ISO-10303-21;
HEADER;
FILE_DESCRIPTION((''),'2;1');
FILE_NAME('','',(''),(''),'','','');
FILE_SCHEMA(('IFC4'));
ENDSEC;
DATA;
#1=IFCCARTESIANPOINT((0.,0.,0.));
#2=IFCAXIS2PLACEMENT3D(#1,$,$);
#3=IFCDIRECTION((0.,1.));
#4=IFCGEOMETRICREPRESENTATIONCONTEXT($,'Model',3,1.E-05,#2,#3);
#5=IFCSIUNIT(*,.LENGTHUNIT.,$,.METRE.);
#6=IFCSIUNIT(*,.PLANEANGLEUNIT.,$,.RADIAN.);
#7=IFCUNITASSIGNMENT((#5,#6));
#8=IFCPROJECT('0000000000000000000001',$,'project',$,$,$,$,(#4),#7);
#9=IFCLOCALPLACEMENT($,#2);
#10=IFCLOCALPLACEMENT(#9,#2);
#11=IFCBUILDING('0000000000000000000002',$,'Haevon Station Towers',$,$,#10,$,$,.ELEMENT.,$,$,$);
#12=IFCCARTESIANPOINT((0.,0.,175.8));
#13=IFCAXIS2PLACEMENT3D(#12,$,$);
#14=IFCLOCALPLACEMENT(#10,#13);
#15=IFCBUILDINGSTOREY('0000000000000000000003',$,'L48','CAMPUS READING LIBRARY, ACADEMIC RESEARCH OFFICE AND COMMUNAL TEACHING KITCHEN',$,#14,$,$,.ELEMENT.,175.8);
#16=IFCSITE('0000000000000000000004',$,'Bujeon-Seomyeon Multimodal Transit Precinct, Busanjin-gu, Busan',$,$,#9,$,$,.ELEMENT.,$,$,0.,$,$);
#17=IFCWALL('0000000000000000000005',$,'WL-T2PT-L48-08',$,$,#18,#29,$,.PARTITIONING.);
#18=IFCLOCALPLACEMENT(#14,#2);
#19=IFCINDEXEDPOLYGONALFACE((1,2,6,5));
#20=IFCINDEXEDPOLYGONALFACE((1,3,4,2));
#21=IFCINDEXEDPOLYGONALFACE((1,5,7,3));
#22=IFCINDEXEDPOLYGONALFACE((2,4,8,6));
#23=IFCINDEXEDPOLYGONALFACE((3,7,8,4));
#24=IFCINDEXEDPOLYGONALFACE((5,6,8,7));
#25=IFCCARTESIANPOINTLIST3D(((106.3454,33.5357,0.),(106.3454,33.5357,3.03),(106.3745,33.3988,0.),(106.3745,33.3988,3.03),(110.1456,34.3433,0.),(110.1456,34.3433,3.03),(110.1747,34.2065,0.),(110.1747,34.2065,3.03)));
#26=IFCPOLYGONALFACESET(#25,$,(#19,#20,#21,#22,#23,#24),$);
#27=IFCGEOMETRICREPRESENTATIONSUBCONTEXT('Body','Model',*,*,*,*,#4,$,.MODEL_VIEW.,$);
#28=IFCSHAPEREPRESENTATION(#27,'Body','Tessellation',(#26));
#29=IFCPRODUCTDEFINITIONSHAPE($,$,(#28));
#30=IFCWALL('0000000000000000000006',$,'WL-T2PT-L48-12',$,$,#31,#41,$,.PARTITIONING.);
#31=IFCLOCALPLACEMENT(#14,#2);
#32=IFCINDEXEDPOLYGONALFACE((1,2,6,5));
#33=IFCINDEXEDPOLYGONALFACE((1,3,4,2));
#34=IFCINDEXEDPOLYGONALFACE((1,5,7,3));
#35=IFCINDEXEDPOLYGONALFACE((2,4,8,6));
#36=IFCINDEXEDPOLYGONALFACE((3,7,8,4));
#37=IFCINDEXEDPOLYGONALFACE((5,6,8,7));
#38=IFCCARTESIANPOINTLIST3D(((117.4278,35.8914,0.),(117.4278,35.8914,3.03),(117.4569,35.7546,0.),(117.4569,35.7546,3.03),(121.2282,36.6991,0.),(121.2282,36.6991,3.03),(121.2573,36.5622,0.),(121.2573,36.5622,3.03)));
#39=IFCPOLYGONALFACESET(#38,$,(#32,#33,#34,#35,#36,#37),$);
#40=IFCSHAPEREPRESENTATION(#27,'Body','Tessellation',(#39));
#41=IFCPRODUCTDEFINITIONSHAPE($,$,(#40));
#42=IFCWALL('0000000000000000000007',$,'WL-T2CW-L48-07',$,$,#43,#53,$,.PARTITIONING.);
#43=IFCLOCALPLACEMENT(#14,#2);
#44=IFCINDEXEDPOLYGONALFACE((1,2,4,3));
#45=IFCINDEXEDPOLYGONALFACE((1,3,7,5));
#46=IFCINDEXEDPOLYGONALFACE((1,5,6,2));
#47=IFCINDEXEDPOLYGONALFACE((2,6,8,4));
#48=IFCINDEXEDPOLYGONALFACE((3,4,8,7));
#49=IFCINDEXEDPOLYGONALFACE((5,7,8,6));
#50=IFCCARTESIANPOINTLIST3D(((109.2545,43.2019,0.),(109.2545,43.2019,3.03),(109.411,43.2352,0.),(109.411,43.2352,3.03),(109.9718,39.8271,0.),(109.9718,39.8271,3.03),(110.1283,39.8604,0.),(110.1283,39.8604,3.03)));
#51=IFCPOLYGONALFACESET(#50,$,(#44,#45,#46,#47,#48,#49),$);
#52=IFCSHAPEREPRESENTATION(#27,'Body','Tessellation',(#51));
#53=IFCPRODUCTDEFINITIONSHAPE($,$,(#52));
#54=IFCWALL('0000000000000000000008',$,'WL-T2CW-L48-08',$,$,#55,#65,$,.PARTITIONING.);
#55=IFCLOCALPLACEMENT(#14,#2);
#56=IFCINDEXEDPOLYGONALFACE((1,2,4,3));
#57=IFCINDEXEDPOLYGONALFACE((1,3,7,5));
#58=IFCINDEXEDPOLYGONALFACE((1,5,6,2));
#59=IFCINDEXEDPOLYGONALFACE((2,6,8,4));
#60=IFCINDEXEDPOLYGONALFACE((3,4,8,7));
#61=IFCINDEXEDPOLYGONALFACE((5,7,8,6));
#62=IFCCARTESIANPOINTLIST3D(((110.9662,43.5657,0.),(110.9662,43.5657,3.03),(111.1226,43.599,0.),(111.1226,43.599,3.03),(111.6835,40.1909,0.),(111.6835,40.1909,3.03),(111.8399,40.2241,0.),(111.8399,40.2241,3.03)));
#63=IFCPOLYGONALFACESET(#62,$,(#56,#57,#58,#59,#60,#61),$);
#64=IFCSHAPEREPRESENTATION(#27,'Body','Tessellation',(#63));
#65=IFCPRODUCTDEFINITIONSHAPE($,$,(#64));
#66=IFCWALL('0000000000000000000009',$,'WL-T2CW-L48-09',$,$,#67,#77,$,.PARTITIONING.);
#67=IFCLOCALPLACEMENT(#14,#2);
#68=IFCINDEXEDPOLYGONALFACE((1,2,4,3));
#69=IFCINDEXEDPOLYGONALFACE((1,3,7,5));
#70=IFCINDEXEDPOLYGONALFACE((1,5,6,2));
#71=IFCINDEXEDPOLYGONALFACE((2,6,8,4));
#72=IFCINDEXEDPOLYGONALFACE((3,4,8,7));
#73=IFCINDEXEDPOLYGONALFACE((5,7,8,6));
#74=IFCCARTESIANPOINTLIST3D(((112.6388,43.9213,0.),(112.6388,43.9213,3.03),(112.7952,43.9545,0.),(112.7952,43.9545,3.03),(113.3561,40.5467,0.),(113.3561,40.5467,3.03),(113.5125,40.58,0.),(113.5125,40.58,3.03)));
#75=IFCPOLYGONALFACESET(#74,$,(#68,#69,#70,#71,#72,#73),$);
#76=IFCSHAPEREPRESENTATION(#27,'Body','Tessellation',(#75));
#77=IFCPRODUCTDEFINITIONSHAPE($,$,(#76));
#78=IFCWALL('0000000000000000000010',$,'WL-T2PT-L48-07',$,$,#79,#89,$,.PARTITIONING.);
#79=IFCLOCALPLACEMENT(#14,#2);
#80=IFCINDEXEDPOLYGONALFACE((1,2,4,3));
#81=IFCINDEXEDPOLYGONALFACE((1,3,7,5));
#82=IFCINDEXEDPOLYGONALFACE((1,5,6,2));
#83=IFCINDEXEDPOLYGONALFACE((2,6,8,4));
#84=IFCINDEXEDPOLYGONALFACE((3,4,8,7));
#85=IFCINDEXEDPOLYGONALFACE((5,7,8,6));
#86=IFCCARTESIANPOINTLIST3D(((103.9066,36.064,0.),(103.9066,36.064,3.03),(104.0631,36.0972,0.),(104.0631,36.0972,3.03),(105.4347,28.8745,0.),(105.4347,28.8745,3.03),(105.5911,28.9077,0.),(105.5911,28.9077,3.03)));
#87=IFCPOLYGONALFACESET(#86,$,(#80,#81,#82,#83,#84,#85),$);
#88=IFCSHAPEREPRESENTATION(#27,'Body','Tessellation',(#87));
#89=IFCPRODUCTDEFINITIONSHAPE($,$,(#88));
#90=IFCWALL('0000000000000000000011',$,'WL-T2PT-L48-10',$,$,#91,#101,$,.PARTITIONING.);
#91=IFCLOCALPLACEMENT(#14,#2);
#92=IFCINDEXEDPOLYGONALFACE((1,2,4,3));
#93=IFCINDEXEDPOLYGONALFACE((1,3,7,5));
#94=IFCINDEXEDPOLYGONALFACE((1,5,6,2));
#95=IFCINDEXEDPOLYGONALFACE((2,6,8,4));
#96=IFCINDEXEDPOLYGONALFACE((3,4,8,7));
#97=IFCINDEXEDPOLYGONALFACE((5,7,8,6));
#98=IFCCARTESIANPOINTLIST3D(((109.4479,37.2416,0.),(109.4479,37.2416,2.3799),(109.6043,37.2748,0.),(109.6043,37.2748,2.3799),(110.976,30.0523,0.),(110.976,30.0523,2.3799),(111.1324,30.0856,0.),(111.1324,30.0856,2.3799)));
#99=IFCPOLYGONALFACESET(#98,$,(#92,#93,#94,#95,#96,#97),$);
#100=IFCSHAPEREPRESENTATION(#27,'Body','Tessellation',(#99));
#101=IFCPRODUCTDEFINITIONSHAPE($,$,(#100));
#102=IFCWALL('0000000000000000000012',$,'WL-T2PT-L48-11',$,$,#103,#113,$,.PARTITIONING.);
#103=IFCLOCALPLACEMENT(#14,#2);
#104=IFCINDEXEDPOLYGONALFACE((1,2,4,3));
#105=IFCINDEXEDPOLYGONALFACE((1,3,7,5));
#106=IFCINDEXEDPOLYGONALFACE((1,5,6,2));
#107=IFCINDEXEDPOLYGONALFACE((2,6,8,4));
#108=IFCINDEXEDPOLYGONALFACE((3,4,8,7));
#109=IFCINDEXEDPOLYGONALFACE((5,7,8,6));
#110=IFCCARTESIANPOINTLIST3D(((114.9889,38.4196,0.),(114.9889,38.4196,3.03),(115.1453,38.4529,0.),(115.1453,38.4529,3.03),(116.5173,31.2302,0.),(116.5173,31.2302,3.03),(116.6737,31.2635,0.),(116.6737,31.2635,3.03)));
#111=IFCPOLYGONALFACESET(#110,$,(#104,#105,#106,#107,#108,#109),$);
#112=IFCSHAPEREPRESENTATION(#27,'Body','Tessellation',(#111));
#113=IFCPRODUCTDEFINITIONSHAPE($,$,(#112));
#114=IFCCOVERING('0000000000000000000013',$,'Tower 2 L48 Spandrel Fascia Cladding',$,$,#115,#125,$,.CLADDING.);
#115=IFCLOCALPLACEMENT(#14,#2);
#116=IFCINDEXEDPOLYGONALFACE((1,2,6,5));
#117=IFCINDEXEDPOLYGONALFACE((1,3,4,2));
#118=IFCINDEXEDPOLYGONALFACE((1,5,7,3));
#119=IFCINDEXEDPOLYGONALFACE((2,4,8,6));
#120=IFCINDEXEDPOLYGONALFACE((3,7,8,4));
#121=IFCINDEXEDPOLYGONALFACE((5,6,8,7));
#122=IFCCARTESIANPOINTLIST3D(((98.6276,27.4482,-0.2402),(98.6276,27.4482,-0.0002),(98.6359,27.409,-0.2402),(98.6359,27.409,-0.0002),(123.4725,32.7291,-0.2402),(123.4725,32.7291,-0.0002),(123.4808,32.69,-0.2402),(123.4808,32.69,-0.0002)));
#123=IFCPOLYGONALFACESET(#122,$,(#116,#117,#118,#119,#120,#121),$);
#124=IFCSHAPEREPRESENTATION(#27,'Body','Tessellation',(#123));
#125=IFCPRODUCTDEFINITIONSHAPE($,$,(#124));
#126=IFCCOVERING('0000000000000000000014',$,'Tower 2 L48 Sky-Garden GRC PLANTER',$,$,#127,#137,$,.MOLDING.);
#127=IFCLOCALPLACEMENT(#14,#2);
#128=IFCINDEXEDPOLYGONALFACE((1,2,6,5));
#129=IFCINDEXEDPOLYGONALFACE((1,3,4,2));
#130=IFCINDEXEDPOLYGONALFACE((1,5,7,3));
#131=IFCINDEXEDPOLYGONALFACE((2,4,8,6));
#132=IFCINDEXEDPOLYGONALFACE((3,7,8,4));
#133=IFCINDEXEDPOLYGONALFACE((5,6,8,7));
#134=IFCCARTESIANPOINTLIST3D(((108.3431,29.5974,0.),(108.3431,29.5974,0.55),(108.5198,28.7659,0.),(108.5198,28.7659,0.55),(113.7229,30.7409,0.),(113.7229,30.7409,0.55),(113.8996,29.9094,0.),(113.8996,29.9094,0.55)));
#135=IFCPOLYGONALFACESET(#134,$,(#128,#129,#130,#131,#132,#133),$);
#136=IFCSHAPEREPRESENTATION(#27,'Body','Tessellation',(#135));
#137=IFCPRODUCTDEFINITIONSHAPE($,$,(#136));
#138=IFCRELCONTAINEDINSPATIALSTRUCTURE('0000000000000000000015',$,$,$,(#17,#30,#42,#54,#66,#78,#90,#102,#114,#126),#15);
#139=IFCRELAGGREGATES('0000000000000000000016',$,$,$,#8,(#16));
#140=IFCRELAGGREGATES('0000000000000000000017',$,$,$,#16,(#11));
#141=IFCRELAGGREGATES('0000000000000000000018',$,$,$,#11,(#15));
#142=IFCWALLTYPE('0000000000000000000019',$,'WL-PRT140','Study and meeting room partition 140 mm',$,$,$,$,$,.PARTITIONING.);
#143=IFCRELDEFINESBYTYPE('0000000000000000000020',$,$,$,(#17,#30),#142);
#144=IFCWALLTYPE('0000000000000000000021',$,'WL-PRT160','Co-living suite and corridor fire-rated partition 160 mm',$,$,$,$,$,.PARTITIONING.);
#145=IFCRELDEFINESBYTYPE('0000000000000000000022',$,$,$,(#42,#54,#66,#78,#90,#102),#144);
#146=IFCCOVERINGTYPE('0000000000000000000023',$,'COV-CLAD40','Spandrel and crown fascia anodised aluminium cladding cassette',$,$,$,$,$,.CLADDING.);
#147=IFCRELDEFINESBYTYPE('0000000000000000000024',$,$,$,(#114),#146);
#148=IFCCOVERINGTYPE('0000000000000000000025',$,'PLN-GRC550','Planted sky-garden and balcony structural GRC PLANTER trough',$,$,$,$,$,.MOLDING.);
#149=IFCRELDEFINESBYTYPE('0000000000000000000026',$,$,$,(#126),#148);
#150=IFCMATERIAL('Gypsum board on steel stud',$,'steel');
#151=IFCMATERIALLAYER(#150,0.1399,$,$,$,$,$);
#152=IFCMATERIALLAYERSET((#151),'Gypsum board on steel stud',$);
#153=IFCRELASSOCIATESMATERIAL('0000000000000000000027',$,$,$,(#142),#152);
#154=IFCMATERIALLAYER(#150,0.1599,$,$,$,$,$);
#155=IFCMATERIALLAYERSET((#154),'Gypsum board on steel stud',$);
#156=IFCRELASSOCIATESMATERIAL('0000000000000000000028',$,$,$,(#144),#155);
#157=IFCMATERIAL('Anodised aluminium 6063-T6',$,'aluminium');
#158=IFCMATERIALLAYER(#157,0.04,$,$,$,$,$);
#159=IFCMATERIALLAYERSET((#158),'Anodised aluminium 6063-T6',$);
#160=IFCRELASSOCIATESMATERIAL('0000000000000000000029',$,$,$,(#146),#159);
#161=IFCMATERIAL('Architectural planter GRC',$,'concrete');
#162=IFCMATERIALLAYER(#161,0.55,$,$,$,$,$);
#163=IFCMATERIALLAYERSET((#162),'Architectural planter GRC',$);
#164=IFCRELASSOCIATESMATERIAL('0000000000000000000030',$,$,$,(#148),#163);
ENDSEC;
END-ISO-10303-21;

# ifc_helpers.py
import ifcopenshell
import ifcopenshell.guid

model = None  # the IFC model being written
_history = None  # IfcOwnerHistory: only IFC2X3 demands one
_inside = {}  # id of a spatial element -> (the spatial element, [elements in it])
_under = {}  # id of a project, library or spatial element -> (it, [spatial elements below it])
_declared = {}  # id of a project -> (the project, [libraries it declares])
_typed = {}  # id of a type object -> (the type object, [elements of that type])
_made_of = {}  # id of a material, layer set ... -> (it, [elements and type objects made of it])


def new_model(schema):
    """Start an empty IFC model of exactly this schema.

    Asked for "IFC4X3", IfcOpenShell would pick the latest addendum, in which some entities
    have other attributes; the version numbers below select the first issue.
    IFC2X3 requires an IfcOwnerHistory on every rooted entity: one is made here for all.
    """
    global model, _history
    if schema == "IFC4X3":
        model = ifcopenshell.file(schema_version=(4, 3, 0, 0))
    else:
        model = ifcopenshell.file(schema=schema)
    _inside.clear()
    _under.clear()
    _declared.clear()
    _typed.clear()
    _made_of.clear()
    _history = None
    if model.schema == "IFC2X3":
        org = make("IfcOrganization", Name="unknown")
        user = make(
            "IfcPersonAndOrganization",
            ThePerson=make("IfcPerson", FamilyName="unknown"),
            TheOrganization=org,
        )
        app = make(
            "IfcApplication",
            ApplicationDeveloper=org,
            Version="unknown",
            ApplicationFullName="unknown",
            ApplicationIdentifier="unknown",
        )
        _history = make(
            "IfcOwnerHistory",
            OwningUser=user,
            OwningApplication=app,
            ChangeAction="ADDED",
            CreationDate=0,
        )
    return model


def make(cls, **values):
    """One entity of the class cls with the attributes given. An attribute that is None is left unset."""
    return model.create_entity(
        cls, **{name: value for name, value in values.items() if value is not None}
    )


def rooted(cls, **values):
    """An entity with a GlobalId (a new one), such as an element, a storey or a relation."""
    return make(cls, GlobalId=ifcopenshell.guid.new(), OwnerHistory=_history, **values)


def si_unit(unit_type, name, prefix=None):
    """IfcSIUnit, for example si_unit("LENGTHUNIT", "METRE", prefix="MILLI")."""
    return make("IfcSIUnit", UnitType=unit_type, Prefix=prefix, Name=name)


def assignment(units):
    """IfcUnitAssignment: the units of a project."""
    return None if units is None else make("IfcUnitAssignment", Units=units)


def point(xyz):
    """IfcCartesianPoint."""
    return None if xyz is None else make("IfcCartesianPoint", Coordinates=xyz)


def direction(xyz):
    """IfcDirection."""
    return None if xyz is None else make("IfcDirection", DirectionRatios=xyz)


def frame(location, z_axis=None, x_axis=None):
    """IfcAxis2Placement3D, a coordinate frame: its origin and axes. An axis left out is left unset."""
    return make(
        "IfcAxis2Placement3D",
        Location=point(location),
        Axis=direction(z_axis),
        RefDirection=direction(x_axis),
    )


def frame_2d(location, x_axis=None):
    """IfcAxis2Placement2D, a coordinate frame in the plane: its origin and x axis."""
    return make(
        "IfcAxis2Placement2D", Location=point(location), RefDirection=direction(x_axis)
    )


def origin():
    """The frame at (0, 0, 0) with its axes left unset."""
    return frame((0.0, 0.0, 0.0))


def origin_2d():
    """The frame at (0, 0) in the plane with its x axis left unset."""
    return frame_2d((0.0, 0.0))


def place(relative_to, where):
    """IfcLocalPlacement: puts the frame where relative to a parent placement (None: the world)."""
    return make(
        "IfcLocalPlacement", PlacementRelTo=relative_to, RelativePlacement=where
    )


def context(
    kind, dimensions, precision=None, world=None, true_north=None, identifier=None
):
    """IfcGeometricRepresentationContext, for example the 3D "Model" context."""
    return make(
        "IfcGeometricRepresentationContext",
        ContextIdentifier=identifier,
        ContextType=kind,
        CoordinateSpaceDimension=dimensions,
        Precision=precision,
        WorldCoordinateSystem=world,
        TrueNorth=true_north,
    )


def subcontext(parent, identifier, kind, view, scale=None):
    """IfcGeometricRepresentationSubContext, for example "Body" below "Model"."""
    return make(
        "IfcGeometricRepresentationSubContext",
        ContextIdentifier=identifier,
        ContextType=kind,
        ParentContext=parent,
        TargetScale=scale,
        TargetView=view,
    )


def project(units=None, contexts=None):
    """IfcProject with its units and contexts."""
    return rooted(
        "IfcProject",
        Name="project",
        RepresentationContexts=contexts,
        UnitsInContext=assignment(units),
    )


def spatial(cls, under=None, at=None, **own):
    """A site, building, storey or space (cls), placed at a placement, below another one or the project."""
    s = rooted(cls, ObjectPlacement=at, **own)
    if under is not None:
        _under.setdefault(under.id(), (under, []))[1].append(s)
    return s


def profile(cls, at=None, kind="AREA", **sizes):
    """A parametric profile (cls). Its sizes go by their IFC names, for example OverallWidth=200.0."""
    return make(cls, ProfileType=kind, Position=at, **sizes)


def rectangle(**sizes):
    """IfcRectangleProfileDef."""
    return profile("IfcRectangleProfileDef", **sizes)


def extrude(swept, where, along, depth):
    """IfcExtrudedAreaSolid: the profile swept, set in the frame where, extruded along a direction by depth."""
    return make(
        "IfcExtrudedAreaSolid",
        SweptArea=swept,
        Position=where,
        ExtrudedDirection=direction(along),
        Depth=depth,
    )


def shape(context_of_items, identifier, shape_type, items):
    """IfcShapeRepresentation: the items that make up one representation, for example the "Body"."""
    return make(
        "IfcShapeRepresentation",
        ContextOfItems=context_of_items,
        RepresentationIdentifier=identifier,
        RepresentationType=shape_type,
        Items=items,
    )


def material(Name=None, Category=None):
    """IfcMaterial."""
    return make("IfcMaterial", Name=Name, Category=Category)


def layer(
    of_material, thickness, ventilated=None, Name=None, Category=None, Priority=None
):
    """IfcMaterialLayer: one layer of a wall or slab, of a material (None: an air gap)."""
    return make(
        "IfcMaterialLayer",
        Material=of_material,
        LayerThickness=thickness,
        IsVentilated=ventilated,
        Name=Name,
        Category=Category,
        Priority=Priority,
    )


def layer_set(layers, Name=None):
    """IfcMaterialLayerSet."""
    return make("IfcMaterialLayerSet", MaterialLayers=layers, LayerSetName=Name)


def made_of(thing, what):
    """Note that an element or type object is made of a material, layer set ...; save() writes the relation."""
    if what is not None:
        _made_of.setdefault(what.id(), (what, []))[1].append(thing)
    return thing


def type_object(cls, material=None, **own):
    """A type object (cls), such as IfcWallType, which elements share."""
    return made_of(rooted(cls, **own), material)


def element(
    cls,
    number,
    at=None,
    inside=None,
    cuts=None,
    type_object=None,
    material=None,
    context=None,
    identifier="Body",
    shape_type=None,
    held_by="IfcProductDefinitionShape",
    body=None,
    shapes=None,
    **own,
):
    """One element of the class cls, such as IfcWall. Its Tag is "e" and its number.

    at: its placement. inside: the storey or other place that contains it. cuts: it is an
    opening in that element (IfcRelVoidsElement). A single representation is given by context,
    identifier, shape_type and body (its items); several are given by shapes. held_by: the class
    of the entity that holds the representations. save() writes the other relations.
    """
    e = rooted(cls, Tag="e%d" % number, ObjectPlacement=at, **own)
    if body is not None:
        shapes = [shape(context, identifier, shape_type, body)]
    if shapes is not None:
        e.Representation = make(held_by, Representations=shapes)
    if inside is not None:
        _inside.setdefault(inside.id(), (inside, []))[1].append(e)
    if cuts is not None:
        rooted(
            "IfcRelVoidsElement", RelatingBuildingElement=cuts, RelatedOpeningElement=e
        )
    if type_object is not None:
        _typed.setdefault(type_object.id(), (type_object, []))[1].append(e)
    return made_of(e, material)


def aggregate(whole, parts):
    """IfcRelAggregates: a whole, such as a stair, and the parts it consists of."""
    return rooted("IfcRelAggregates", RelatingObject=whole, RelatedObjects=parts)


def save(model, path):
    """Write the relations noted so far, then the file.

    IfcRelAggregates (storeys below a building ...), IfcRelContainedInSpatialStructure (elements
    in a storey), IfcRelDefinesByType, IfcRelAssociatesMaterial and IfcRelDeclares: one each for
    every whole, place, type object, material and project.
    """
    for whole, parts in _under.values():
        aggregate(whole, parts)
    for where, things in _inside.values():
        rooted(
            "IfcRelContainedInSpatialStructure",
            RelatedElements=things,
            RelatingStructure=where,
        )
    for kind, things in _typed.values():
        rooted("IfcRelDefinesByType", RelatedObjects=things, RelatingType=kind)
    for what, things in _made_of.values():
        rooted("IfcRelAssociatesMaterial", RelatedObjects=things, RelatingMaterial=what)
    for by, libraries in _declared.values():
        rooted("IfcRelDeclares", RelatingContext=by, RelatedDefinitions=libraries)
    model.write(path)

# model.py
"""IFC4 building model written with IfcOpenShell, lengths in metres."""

from ifc_helpers import new_model, si_unit, direction, frame, frame_2d, origin, origin_2d, place, context, subcontext, project, spatial, rectangle, extrude, material, layer, layer_set, type_object, element, save


model = new_model("IFC4")

# Units and contexts
model_context = context("Model", 3, precision=1e-05, world=origin(), true_north=direction((0.0, 1.0)))
body_context = subcontext(model_context, "Body", "Model", "MODEL_VIEW")
ifc_project = project(units=[si_unit("LENGTHUNIT", "METRE"), si_unit("PLANEANGLEUNIT", "RADIAN")], contexts=[model_context])

# Site, building, storey
site_placement = place(None, origin())
site = spatial("IfcSite", under=ifc_project, at=site_placement, Name="Bujeon-Seomyeon Multimodal Transit Precinct, Busanjin-gu, Busan", CompositionType="ELEMENT", RefElevation=0.0)
building_placement = place(site_placement, origin())
building = spatial("IfcBuilding", under=site, at=building_placement, Name="Haevon Station Towers", CompositionType="ELEMENT")
storey_placement = place(building_placement, frame((0.0, 0.0, 175.8)))
storey = spatial("IfcBuildingStorey", under=building, at=storey_placement, Name="L48", Description="CAMPUS READING LIBRARY, ACADEMIC RESEARCH OFFICE AND COMMUNAL TEACHING KITCHEN", CompositionType="ELEMENT", Elevation=175.8)

# Shared definitions
ifc_material_1 = material(Name="Gypsum board on steel stud", Category="steel")

# Walls
ifc_layer_1 = layer(ifc_material_1, 0.1399)
ifc_layer_set_1 = layer_set([ifc_layer_1], Name="Gypsum board on steel stud")
wall_type_1 = type_object("IfcWallType", Name="WL-PRT140", Description="Study and meeting room partition 140 mm", PredefinedType="PARTITIONING", material=ifc_layer_set_1)
wall_1_placement = place(storey_placement, frame((106.3601, 33.4673, 0.0), z_axis=(0.0, 0.0, 1.0), x_axis=(0.978153, 0.207885, 0.0)))
element("IfcWall", 1, at=wall_1_placement, inside=storey, type_object=wall_type_1, Name="WL-T2PT-L48-08", PredefinedType="PARTITIONING", context=body_context, shape_type="SweptSolid", body=[
    extrude(rectangle(XDim=3.885, YDim=0.1399, at=frame_2d((1.9424, 0.0))), origin(), (0.0, 0.0, 1.0), 3.03),
])
wall_2_placement = place(storey_placement, frame((117.4424, 35.823, 0.0), z_axis=(0.0, 0.0, 1.0), x_axis=(0.978156, 0.207872, 0.0)))
element("IfcWall", 2, at=wall_2_placement, inside=storey, type_object=wall_type_1, Name="WL-T2PT-L48-12", PredefinedType="PARTITIONING", context=body_context, shape_type="SweptSolid", body=[
    extrude(rectangle(XDim=3.8853, YDim=0.1399, at=frame_2d((1.9426, 0.0))), origin(), (0.0, 0.0, 1.0), 3.03),
])
ifc_layer_2 = layer(ifc_material_1, 0.1599)
ifc_layer_set_2 = layer_set([ifc_layer_2], Name="Gypsum board on steel stud")
wall_type_2 = type_object("IfcWallType", Name="WL-PRT160", Description="Co-living suite and corridor fire-rated partition 160 mm", PredefinedType="PARTITIONING", material=ifc_layer_set_2)
for number, where, z_axis, x_axis, name in (
    (3, (110.05, 39.8438, 0.0), (0.0, 0.0, 1.0), (-0.2079, 0.97815, 0.0), "WL-T2CW-L48-07"),
    (4, (111.7617, 40.2075, 0.0), (0.0, 0.0, 1.0), (-0.2079, 0.97815, 0.0), "WL-T2CW-L48-08"),
):
    element("IfcWall", number, at=place(storey_placement, frame(where, z_axis=z_axis, x_axis=x_axis)), inside=storey, type_object=wall_type_2, Name=name, PredefinedType="PARTITIONING", context=body_context, shape_type="SweptSolid", body=[
        extrude(rectangle(XDim=3.4502, YDim=0.1599, at=frame_2d((1.7251, 0.0))), origin(), (0.0, 0.0, 1.0), 3.03),
    ])
wall_3_placement = place(storey_placement, frame((113.4343, 40.5632, 0.0), z_axis=(0.0, 0.0, 1.0), x_axis=(-0.207915, 0.978147, 0.0)))
element("IfcWall", 5, at=wall_3_placement, inside=storey, type_object=wall_type_2, Name="WL-T2CW-L48-09", PredefinedType="PARTITIONING", context=body_context, shape_type="SweptSolid", body=[
    extrude(rectangle(XDim=3.45, YDim=0.1599, at=frame_2d((1.7251, 0.0))), origin(), (0.0, 0.0, 1.0), 3.03),
])
wall_4_placement = place(storey_placement, frame((105.5129, 28.8911, 0.0), z_axis=(0.0, 0.0, 1.0), x_axis=(-0.2079, 0.97815, 0.0)))
element("IfcWall", 6, at=wall_4_placement, inside=storey, type_object=wall_type_2, Name="WL-T2PT-L48-07", PredefinedType="PARTITIONING", context=body_context, shape_type="SweptSolid", body=[
    extrude(rectangle(XDim=7.3501, YDim=0.1599, at=frame_2d((3.675, 0.0))), origin(), (0.0, 0.0, 1.0), 3.03),
])
wall_5_placement = place(storey_placement, frame((111.0542, 30.0691, 0.0), z_axis=(0.0, 0.0, 1.0), x_axis=(-0.207907, 0.978149, 0.0)))
element("IfcWall", 7, at=wall_5_placement, inside=storey, type_object=wall_type_2, Name="WL-T2PT-L48-10", PredefinedType="PARTITIONING", context=body_context, shape_type="SweptSolid", body=[
    extrude(rectangle(XDim=7.3499, YDim=0.1599, at=frame_2d((3.6748, 0.0))), origin(), (0.0, 0.0, 1.0), 2.3799),
])
wall_6_placement = place(storey_placement, frame((116.5955, 31.2468, 0.0), z_axis=(0.0, 0.0, 1.0), x_axis=(-0.207932, 0.978143, 0.0)))
element("IfcWall", 8, at=wall_6_placement, inside=storey, type_object=wall_type_2, Name="WL-T2PT-L48-11", PredefinedType="PARTITIONING", context=body_context, shape_type="SweptSolid", body=[
    extrude(rectangle(XDim=7.3501, YDim=0.1599, at=frame_2d((3.675, 0.0))), origin(), (0.0, 0.0, 1.0), 3.03),
])

# Coverings
ifc_material_2 = material(Name="Anodised aluminium 6063-T6", Category="aluminium")
ifc_layer_3 = layer(ifc_material_2, 0.04)
ifc_layer_set_3 = layer_set([ifc_layer_3], Name="Anodised aluminium 6063-T6")
covering_type_1 = type_object("IfcCoveringType", Name="COV-CLAD40", Description="Spandrel and crown fascia anodised aluminium cladding cassette", PredefinedType="CLADDING", material=ifc_layer_set_3)
covering_1_placement = place(storey_placement, frame((111.0542, 30.0691, -0.2402), z_axis=(0.0, 0.0, 1.0), x_axis=(0.978148, 0.207912, 0.0)))
element("IfcCovering", 9, at=covering_1_placement, inside=storey, type_object=covering_type_1, Name="Tower 2 L48 Spandrel Fascia Cladding", PredefinedType="CLADDING", context=body_context, shape_type="SweptSolid", body=[
    extrude(rectangle(XDim=25.3999, YDim=0.04, at=origin_2d()), origin(), (0.0, 0.0, 1.0), 0.24),
])
ifc_material_3 = material(Name="Architectural planter GRC", Category="concrete")
ifc_layer_4 = layer(ifc_material_3, 0.55)
ifc_layer_set_4 = layer_set([ifc_layer_4], Name="Architectural planter GRC")
covering_type_2 = type_object("IfcCoveringType", Name="PLN-GRC550", Description="Planted sky-garden and balcony structural GRC PLANTER trough", PredefinedType="MOLDING", material=ifc_layer_set_4)
covering_2_placement = place(storey_placement, frame((111.1213, 29.7534, 0.0), z_axis=(0.0, 0.0, 1.0), x_axis=(0.978148, 0.207912, 0.0)))
element("IfcCovering", 10, at=covering_2_placement, inside=storey, type_object=covering_type_2, Name="Tower 2 L48 Sky-Garden GRC PLANTER", PredefinedType="MOLDING", context=body_context, shape_type="SweptSolid", body=[
    extrude(rectangle(XDim=5.5, YDim=0.8501, at=origin_2d()), origin(), (0.0, 0.0, 1.0), 0.55),
])

save(model, "model.ifc")
